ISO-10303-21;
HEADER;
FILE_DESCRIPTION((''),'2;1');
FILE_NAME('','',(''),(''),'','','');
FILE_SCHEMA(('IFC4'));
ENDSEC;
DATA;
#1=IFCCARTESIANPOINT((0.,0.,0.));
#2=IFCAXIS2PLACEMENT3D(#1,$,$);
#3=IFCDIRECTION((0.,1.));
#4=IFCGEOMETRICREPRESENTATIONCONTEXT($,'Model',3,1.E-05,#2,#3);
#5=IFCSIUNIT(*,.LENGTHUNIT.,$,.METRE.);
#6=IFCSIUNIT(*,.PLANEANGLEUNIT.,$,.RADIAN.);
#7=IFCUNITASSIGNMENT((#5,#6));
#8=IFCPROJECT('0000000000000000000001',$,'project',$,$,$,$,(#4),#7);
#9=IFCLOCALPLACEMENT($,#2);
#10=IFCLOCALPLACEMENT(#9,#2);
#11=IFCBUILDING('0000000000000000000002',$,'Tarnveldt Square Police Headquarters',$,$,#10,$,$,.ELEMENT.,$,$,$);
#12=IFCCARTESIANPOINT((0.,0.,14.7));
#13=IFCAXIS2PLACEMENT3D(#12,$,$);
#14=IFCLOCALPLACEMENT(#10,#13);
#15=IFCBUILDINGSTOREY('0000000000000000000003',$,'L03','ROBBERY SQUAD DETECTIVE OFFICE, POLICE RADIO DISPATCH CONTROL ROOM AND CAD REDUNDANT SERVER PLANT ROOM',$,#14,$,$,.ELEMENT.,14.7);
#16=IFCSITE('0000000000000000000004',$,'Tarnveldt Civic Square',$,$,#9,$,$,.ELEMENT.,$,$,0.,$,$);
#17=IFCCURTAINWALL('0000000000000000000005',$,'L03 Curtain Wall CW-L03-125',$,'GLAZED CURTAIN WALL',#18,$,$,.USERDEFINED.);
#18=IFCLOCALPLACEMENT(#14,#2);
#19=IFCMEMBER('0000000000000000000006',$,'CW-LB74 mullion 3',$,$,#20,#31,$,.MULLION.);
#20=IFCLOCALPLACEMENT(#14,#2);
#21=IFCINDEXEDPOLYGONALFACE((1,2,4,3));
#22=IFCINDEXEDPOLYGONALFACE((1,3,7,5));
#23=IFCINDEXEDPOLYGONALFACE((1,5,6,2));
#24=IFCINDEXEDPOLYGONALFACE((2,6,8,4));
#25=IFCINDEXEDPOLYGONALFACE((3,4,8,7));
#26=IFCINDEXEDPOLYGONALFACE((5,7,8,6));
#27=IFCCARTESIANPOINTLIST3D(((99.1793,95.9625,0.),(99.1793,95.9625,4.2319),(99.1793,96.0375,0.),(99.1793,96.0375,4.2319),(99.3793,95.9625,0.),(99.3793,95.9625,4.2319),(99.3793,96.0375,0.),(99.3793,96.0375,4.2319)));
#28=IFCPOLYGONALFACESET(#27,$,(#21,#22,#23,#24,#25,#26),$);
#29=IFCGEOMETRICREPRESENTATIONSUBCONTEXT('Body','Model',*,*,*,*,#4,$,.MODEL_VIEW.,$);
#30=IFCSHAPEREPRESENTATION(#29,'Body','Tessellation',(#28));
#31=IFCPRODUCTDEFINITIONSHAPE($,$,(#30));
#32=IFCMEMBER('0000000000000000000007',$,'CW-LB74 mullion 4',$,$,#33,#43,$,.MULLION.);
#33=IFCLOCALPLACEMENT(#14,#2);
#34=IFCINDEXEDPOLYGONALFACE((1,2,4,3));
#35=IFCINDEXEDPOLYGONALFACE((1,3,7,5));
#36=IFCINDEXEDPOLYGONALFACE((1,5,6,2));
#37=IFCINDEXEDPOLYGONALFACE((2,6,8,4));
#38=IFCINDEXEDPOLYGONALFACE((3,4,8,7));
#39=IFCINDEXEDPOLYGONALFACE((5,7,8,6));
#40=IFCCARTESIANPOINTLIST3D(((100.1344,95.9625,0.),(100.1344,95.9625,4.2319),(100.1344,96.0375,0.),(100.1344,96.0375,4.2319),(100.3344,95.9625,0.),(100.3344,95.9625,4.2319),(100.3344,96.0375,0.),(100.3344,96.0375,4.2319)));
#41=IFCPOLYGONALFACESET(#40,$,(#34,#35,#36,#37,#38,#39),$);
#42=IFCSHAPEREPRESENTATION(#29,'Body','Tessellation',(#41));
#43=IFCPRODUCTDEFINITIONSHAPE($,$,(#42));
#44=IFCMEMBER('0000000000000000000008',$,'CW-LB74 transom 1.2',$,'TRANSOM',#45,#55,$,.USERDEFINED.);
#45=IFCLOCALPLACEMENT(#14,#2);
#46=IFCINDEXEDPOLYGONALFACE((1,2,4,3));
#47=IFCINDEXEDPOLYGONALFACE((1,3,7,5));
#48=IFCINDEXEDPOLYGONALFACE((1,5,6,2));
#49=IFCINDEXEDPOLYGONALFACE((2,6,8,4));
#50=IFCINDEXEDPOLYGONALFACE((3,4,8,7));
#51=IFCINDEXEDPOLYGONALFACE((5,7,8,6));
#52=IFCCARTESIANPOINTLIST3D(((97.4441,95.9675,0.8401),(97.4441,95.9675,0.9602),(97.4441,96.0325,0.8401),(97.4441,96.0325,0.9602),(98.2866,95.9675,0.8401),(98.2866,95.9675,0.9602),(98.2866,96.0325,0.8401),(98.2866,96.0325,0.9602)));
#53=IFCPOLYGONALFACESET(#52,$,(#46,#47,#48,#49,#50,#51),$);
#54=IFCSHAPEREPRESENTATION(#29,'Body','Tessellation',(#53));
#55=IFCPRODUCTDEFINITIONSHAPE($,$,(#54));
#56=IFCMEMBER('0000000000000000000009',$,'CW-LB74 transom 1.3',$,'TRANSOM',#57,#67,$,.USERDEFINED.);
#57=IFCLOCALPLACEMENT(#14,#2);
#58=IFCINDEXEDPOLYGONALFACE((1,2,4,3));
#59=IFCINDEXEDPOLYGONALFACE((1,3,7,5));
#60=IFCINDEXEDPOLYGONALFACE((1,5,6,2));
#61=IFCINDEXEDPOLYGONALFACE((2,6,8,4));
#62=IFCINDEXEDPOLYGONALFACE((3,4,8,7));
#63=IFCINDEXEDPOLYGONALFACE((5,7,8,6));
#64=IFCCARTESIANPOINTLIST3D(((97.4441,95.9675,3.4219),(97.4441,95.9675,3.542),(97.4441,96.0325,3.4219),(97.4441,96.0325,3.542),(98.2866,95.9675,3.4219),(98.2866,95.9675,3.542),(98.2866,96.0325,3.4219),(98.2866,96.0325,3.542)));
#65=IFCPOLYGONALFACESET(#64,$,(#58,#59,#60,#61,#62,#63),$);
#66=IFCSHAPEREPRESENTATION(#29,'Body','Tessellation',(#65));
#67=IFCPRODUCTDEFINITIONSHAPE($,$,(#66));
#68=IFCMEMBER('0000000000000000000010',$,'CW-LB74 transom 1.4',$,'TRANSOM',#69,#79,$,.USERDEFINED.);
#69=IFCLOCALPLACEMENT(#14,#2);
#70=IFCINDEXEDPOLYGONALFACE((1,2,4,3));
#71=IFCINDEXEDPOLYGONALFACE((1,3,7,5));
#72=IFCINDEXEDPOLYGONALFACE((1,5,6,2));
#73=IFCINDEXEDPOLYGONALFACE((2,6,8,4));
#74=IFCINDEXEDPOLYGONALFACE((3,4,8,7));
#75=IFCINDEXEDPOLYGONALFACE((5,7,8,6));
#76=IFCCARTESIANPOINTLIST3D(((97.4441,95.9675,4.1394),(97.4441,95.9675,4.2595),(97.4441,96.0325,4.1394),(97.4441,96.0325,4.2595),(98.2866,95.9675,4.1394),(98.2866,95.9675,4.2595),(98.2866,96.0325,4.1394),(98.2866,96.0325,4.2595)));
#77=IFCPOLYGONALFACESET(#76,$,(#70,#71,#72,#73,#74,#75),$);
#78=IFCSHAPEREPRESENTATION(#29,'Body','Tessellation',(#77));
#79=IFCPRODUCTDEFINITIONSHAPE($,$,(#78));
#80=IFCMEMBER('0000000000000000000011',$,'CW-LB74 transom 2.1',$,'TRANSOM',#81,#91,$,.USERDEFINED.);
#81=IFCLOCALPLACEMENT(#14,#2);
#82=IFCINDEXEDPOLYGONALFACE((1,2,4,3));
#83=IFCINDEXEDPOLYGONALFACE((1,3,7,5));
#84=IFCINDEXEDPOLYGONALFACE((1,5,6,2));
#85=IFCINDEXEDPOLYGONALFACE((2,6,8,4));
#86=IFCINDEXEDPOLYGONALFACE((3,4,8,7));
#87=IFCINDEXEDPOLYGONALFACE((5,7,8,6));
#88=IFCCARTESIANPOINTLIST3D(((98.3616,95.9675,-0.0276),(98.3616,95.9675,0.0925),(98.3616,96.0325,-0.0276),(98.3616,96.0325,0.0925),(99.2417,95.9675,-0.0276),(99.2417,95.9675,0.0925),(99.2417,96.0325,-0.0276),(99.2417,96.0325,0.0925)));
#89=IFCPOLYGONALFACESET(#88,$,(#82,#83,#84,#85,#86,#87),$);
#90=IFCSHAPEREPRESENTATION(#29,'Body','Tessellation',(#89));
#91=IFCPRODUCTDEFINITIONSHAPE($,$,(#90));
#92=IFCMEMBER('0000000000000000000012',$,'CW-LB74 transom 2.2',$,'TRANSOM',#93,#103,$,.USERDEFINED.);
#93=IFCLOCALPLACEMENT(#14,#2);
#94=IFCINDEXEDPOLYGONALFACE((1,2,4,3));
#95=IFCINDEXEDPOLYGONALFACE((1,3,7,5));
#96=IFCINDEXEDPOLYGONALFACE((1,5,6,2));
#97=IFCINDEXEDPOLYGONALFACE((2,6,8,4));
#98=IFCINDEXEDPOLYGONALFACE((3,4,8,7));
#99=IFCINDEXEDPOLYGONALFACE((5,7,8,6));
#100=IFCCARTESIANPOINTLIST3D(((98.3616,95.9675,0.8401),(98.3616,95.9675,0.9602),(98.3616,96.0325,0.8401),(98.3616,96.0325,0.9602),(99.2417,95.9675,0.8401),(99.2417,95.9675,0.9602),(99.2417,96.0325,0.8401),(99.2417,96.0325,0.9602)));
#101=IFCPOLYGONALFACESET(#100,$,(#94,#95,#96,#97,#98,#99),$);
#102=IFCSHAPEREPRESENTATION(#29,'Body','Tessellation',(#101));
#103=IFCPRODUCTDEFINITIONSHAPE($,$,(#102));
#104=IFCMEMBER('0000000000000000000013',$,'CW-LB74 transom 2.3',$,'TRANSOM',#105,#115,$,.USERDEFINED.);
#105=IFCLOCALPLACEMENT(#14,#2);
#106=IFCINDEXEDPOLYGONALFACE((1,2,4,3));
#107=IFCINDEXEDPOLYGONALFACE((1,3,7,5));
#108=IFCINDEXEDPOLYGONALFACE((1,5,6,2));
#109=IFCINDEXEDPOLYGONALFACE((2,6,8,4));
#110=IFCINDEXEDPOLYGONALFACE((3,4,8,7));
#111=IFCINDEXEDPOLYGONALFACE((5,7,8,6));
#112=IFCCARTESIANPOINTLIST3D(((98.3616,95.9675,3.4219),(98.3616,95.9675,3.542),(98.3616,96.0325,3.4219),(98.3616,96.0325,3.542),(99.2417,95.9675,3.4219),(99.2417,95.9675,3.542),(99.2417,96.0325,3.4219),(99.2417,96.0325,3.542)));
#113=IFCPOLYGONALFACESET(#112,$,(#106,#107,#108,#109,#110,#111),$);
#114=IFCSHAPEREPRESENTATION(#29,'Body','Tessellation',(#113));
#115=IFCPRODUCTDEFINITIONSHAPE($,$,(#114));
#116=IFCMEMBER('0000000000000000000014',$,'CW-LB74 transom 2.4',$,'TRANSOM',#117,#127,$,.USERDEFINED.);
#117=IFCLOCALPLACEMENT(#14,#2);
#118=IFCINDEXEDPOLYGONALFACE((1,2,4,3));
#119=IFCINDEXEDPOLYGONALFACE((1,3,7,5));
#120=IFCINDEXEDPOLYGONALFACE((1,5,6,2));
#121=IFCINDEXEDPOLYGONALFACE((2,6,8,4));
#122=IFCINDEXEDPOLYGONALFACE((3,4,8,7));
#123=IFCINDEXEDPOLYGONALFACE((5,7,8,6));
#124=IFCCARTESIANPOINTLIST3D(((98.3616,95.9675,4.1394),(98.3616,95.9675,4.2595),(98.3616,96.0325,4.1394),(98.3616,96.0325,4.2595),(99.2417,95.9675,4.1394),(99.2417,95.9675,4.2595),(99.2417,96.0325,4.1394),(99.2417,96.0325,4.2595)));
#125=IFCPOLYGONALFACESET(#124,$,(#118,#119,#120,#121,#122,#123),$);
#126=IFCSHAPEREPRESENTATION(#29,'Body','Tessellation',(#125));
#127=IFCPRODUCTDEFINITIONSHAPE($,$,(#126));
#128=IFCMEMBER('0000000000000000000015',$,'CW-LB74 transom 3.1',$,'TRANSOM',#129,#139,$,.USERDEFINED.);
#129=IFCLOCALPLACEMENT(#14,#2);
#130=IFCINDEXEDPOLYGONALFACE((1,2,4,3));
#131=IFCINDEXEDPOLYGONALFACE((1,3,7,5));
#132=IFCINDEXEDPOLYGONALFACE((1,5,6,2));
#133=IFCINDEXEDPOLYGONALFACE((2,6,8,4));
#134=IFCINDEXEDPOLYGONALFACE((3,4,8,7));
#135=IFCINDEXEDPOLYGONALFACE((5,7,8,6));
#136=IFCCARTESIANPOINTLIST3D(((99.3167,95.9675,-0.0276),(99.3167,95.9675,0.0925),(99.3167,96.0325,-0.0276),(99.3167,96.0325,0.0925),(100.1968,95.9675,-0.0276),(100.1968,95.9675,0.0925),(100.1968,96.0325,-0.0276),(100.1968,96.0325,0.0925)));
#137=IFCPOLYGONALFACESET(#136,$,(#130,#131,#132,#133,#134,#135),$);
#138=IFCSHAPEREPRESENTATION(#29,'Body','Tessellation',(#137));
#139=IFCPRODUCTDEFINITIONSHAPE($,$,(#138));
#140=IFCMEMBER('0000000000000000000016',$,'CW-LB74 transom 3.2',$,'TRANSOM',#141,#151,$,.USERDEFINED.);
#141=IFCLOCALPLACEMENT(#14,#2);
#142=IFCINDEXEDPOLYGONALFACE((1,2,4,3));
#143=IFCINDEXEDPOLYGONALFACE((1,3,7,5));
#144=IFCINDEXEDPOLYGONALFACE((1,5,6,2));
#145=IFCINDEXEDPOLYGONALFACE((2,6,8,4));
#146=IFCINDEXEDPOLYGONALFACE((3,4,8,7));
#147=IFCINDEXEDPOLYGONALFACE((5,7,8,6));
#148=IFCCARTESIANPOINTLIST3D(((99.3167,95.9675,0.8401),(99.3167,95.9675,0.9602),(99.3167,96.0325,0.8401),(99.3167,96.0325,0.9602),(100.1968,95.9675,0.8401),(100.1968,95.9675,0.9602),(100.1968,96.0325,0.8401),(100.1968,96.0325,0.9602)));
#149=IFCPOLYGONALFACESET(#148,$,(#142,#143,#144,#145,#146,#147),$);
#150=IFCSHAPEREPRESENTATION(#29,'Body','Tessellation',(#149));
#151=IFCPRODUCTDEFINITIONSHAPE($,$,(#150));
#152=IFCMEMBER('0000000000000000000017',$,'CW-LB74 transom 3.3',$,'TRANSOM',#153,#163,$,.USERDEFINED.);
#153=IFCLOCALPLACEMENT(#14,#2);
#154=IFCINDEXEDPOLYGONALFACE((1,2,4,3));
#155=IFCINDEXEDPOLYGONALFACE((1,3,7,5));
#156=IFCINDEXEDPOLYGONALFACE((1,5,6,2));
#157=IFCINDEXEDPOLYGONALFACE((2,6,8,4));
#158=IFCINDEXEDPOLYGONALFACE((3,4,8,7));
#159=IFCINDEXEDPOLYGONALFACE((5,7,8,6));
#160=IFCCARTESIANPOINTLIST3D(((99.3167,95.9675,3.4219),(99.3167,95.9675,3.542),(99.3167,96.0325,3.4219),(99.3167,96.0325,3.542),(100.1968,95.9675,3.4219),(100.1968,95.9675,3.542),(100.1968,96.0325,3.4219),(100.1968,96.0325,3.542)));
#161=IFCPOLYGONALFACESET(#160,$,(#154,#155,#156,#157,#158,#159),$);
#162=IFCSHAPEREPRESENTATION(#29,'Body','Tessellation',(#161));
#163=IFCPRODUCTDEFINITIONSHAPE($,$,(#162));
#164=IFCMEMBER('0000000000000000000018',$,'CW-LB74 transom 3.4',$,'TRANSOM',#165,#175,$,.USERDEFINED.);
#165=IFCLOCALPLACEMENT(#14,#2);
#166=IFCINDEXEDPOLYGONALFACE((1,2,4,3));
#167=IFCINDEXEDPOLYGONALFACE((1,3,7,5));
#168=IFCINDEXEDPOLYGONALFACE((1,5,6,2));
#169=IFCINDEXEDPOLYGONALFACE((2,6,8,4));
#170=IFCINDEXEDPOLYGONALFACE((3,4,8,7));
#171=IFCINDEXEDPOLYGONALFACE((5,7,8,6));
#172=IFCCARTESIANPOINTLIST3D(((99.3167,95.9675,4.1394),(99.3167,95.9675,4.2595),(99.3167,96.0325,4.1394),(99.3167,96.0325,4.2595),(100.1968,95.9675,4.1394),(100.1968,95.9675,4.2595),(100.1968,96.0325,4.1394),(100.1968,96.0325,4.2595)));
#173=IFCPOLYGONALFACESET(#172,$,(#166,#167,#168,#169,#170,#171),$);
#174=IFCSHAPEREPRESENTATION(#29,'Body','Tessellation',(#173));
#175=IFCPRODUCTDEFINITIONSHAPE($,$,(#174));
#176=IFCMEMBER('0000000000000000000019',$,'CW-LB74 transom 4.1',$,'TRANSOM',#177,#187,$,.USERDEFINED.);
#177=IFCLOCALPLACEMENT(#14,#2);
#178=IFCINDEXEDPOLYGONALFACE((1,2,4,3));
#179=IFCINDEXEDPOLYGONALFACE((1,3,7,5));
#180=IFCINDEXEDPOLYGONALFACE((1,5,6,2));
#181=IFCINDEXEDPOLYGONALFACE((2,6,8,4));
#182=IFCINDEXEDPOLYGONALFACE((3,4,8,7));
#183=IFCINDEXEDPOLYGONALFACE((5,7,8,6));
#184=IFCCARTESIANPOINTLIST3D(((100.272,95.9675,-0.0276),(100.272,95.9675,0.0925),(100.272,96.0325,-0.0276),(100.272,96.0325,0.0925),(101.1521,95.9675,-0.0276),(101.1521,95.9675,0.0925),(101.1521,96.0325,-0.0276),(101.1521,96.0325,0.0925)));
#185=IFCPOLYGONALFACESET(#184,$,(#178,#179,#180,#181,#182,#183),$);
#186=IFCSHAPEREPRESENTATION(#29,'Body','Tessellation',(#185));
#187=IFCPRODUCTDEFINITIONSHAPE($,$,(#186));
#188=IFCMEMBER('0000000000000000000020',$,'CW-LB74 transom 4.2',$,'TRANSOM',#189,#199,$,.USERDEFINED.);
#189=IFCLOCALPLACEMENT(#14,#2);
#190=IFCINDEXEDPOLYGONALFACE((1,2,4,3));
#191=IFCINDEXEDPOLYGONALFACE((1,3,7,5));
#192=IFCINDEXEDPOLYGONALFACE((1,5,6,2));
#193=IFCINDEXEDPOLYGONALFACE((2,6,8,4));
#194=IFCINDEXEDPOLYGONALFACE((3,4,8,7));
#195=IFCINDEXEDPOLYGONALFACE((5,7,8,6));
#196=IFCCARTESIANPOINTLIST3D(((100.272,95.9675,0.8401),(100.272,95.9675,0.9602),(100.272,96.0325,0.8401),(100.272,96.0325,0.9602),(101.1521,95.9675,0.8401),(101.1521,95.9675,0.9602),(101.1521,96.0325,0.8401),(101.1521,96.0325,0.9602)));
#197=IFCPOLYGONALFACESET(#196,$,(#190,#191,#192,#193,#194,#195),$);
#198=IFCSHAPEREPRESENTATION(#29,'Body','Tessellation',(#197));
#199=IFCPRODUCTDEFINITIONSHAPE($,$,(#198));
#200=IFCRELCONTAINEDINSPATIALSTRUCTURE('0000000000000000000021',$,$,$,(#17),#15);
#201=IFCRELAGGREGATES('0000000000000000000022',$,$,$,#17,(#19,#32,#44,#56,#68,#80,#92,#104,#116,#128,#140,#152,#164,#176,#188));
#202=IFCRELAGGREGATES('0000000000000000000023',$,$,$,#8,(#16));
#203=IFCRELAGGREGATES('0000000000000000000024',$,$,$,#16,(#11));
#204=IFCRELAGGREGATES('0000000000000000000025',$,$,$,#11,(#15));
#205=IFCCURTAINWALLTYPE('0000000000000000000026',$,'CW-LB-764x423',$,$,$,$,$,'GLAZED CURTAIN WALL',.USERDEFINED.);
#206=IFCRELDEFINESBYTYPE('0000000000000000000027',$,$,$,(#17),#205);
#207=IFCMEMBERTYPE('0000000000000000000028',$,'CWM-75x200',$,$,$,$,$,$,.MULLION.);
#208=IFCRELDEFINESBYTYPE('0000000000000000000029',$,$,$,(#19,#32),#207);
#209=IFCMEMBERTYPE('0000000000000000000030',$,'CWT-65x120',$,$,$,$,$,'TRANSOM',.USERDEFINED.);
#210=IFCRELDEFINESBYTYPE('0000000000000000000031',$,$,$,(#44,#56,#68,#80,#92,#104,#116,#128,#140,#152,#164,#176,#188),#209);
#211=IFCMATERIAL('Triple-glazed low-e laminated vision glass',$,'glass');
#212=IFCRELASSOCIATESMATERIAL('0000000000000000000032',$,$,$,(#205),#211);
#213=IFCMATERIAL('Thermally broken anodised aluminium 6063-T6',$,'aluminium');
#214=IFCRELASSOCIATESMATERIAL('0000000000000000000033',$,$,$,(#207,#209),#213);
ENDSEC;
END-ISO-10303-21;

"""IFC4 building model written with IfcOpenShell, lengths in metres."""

from ifc_helpers import new_model, si_unit, direction, frame, origin, origin_2d, place, context, subcontext, project, spatial, rectangle, extrude, material, material_profile, profile_set, type_object, element, aggregate, save


model = new_model("IFC4")

# Units and contexts
model_context = context("Model", 3, precision=1e-05, world=origin(), true_north=direction((0.0, 1.0)))
body_context = subcontext(model_context, "Body", "Model", "MODEL_VIEW")
ifc_project = project(units=[si_unit("LENGTHUNIT", "METRE"), si_unit("PLANEANGLEUNIT", "RADIAN")], contexts=[model_context])

# Site, building, storey
site_placement = place(None, origin())
site = spatial("IfcSite", under=ifc_project, at=site_placement, Name="Tarnveldt Civic Square", CompositionType="ELEMENT", RefElevation=0.0)
building_placement = place(site_placement, origin())
building = spatial("IfcBuilding", under=site, at=building_placement, Name="Tarnveldt Square Police Headquarters", CompositionType="ELEMENT")
storey_placement = place(building_placement, frame((0.0, 0.0, 14.7)))
storey = spatial("IfcBuildingStorey", under=building, at=storey_placement, Name="L03", Description="ROBBERY SQUAD DETECTIVE OFFICE, POLICE RADIO DISPATCH CONTROL ROOM AND CAD REDUNDANT SERVER PLANT ROOM", CompositionType="ELEMENT", Elevation=14.7)

# Curtain wall, members
ifc_material_1 = material(Name="Triple-glazed low-e laminated vision glass", Category="glass")
curtain_wall_type = type_object("IfcCurtainWallType", Name="CW-LB-764x423", ElementType="GLAZED CURTAIN WALL", PredefinedType="USERDEFINED", material=ifc_material_1)
curtain_wall_placement = place(storey_placement, origin())
curtain_wall = element("IfcCurtainWall", 1, at=curtain_wall_placement, inside=storey, type_object=curtain_wall_type, Name="L03 Curtain Wall CW-L03-125", ObjectType="GLAZED CURTAIN WALL", PredefinedType="USERDEFINED")
ifc_material_2 = material(Name="Thermally broken anodised aluminium 6063-T6", Category="aluminium")
ifc_material_profile_1 = material_profile(ifc_material_2, rectangle(XDim=0.075, YDim=0.2, at=origin_2d()), Name="CW-M75x200")
ifc_profile_set_1 = profile_set([ifc_material_profile_1], Name="Thermally broken anodised aluminium 6063-T6")
member_type_1 = type_object("IfcMemberType", Name="CWM-75x200", PredefinedType="MULLION", material=ifc_profile_set_1)
member_1_placement = place(storey_placement, frame((99.2793, 96.0, 0.0), z_axis=(0.0, 0.0, 1.0), x_axis=(0.0, 1.0, 0.0)))
member_1 = element("IfcMember", 2, at=member_1_placement, type_object=member_type_1, Name="CW-LB74 mullion 3", PredefinedType="MULLION", context=body_context, shape_type="SweptSolid", body=[
    extrude(rectangle(XDim=0.075, YDim=0.2, at=origin_2d()), origin(), (0.0, 0.0, 1.0), 4.2319),
])
member_2_placement = place(storey_placement, frame((100.2344, 96.0, 0.0), z_axis=(0.0, 0.0, 1.0), x_axis=(0.0, 1.0, 0.0)))
member_2 = element("IfcMember", 3, at=member_2_placement, type_object=member_type_1, Name="CW-LB74 mullion 4", PredefinedType="MULLION", context=body_context, shape_type="SweptSolid", body=[
    extrude(rectangle(XDim=0.075, YDim=0.2, at=origin_2d()), origin(), (0.0, 0.0, 1.0), 4.2319),
])
ifc_material_profile_2 = material_profile(ifc_material_2, rectangle(XDim=0.0649, YDim=0.1201, at=origin_2d()), Name="CW-T65x120")
ifc_profile_set_2 = profile_set([ifc_material_profile_2], Name="Thermally broken anodised aluminium 6063-T6")
member_type_2 = type_object("IfcMemberType", Name="CWT-65x120", ElementType="TRANSOM", PredefinedType="USERDEFINED", material=ifc_profile_set_2)
member_3_placement = place(storey_placement, frame((97.4441, 96.0, 0.9001), z_axis=(1.0, 0.0, 0.0), x_axis=(0.0, 1.0, 0.0)))
member_3 = element("IfcMember", 4, at=member_3_placement, type_object=member_type_2, Name="CW-LB74 transom 1.2", ObjectType="TRANSOM", PredefinedType="USERDEFINED", context=body_context, shape_type="SweptSolid", body=[
    extrude(rectangle(XDim=0.0649, YDim=0.1201, at=origin_2d()), origin(), (0.0, 0.0, 1.0), 0.8425),
])
member_4_placement = place(storey_placement, frame((97.4441, 96.0, 3.4819), z_axis=(1.0, 0.0, 0.0), x_axis=(0.0, 1.0, 0.0)))
member_4 = element("IfcMember", 5, at=member_4_placement, type_object=member_type_2, Name="CW-LB74 transom 1.3", ObjectType="TRANSOM", PredefinedType="USERDEFINED", context=body_context, shape_type="SweptSolid", body=[
    extrude(rectangle(XDim=0.0649, YDim=0.1201, at=origin_2d()), origin(), (0.0, 0.0, 1.0), 0.8425),
])
member_5_placement = place(storey_placement, frame((97.4441, 96.0, 4.1995), z_axis=(1.0, 0.0, 0.0), x_axis=(0.0, 1.0, 0.0)))
member_5 = element("IfcMember", 6, at=member_5_placement, type_object=member_type_2, Name="CW-LB74 transom 1.4", ObjectType="TRANSOM", PredefinedType="USERDEFINED", context=body_context, shape_type="SweptSolid", body=[
    extrude(rectangle(XDim=0.0649, YDim=0.1201, at=origin_2d()), origin(), (0.0, 0.0, 1.0), 0.8425),
])
member_6_placement = place(storey_placement, frame((98.3616, 96.0, 0.0325), z_axis=(1.0, 0.0, 0.0), x_axis=(0.0, 1.0, 0.0)))
member_6 = element("IfcMember", 7, at=member_6_placement, type_object=member_type_2, Name="CW-LB74 transom 2.1", ObjectType="TRANSOM", PredefinedType="USERDEFINED", context=body_context, shape_type="SweptSolid", body=[
    extrude(rectangle(XDim=0.0649, YDim=0.1201, at=origin_2d()), origin(), (0.0, 0.0, 1.0), 0.8801),
])
member_7_placement = place(storey_placement, frame((98.3616, 96.0, 0.9001), z_axis=(1.0, 0.0, 0.0), x_axis=(0.0, 1.0, 0.0)))
member_7 = element("IfcMember", 8, at=member_7_placement, type_object=member_type_2, Name="CW-LB74 transom 2.2", ObjectType="TRANSOM", PredefinedType="USERDEFINED", context=body_context, shape_type="SweptSolid", body=[
    extrude(rectangle(XDim=0.0649, YDim=0.1201, at=origin_2d()), origin(), (0.0, 0.0, 1.0), 0.8801),
])
member_8_placement = place(storey_placement, frame((98.3616, 96.0, 3.4819), z_axis=(1.0, 0.0, 0.0), x_axis=(0.0, 1.0, 0.0)))
member_8 = element("IfcMember", 9, at=member_8_placement, type_object=member_type_2, Name="CW-LB74 transom 2.3", ObjectType="TRANSOM", PredefinedType="USERDEFINED", context=body_context, shape_type="SweptSolid", body=[
    extrude(rectangle(XDim=0.0649, YDim=0.1201, at=origin_2d()), origin(), (0.0, 0.0, 1.0), 0.8801),
])
member_9_placement = place(storey_placement, frame((98.3616, 96.0, 4.1995), z_axis=(1.0, 0.0, 0.0), x_axis=(0.0, 1.0, 0.0)))
member_9 = element("IfcMember", 10, at=member_9_placement, type_object=member_type_2, Name="CW-LB74 transom 2.4", ObjectType="TRANSOM", PredefinedType="USERDEFINED", context=body_context, shape_type="SweptSolid", body=[
    extrude(rectangle(XDim=0.0649, YDim=0.1201, at=origin_2d()), origin(), (0.0, 0.0, 1.0), 0.8801),
])
member_10_placement = place(storey_placement, frame((99.3167, 96.0, 0.0325), z_axis=(1.0, 0.0, 0.0), x_axis=(0.0, 1.0, 0.0)))
member_10 = element("IfcMember", 11, at=member_10_placement, type_object=member_type_2, Name="CW-LB74 transom 3.1", ObjectType="TRANSOM", PredefinedType="USERDEFINED", context=body_context, shape_type="SweptSolid", body=[
    extrude(rectangle(XDim=0.0649, YDim=0.1201, at=origin_2d()), origin(), (0.0, 0.0, 1.0), 0.8801),
])
member_11_placement = place(storey_placement, frame((99.3167, 96.0, 0.9001), z_axis=(1.0, 0.0, 0.0), x_axis=(0.0, 1.0, 0.0)))
member_11 = element("IfcMember", 12, at=member_11_placement, type_object=member_type_2, Name="CW-LB74 transom 3.2", ObjectType="TRANSOM", PredefinedType="USERDEFINED", context=body_context, shape_type="SweptSolid", body=[
    extrude(rectangle(XDim=0.0649, YDim=0.1201, at=origin_2d()), origin(), (0.0, 0.0, 1.0), 0.8801),
])
member_12_placement = place(storey_placement, frame((99.3167, 96.0, 3.4819), z_axis=(1.0, 0.0, 0.0), x_axis=(0.0, 1.0, 0.0)))
member_12 = element("IfcMember", 13, at=member_12_placement, type_object=member_type_2, Name="CW-LB74 transom 3.3", ObjectType="TRANSOM", PredefinedType="USERDEFINED", context=body_context, shape_type="SweptSolid", body=[
    extrude(rectangle(XDim=0.0649, YDim=0.1201, at=origin_2d()), origin(), (0.0, 0.0, 1.0), 0.8801),
])
member_13_placement = place(storey_placement, frame((99.3167, 96.0, 4.1995), z_axis=(1.0, 0.0, 0.0), x_axis=(0.0, 1.0, 0.0)))
member_13 = element("IfcMember", 14, at=member_13_placement, type_object=member_type_2, Name="CW-LB74 transom 3.4", ObjectType="TRANSOM", PredefinedType="USERDEFINED", context=body_context, shape_type="SweptSolid", body=[
    extrude(rectangle(XDim=0.0649, YDim=0.1201, at=origin_2d()), origin(), (0.0, 0.0, 1.0), 0.8801),
])
member_14_placement = place(storey_placement, frame((100.272, 96.0, 0.0325), z_axis=(1.0, 0.0, 0.0), x_axis=(0.0, 1.0, 0.0)))
member_14 = element("IfcMember", 15, at=member_14_placement, type_object=member_type_2, Name="CW-LB74 transom 4.1", ObjectType="TRANSOM", PredefinedType="USERDEFINED", context=body_context, shape_type="SweptSolid", body=[
    extrude(rectangle(XDim=0.0649, YDim=0.1201, at=origin_2d()), origin(), (0.0, 0.0, 1.0), 0.8801),
])
member_15_placement = place(storey_placement, frame((100.272, 96.0, 0.9001), z_axis=(1.0, 0.0, 0.0), x_axis=(0.0, 1.0, 0.0)))
member_15 = element("IfcMember", 16, at=member_15_placement, type_object=member_type_2, Name="CW-LB74 transom 4.2", ObjectType="TRANSOM", PredefinedType="USERDEFINED", context=body_context, shape_type="SweptSolid", body=[
    extrude(rectangle(XDim=0.0649, YDim=0.1201, at=origin_2d()), origin(), (0.0, 0.0, 1.0), 0.8801),
])
aggregate(curtain_wall, [member_1, member_2, member_3, member_4, member_5, member_6, member_7, member_8, member_9, member_10, member_11, member_12, member_13, member_14, member_15])

save(model, "model.ifc")
